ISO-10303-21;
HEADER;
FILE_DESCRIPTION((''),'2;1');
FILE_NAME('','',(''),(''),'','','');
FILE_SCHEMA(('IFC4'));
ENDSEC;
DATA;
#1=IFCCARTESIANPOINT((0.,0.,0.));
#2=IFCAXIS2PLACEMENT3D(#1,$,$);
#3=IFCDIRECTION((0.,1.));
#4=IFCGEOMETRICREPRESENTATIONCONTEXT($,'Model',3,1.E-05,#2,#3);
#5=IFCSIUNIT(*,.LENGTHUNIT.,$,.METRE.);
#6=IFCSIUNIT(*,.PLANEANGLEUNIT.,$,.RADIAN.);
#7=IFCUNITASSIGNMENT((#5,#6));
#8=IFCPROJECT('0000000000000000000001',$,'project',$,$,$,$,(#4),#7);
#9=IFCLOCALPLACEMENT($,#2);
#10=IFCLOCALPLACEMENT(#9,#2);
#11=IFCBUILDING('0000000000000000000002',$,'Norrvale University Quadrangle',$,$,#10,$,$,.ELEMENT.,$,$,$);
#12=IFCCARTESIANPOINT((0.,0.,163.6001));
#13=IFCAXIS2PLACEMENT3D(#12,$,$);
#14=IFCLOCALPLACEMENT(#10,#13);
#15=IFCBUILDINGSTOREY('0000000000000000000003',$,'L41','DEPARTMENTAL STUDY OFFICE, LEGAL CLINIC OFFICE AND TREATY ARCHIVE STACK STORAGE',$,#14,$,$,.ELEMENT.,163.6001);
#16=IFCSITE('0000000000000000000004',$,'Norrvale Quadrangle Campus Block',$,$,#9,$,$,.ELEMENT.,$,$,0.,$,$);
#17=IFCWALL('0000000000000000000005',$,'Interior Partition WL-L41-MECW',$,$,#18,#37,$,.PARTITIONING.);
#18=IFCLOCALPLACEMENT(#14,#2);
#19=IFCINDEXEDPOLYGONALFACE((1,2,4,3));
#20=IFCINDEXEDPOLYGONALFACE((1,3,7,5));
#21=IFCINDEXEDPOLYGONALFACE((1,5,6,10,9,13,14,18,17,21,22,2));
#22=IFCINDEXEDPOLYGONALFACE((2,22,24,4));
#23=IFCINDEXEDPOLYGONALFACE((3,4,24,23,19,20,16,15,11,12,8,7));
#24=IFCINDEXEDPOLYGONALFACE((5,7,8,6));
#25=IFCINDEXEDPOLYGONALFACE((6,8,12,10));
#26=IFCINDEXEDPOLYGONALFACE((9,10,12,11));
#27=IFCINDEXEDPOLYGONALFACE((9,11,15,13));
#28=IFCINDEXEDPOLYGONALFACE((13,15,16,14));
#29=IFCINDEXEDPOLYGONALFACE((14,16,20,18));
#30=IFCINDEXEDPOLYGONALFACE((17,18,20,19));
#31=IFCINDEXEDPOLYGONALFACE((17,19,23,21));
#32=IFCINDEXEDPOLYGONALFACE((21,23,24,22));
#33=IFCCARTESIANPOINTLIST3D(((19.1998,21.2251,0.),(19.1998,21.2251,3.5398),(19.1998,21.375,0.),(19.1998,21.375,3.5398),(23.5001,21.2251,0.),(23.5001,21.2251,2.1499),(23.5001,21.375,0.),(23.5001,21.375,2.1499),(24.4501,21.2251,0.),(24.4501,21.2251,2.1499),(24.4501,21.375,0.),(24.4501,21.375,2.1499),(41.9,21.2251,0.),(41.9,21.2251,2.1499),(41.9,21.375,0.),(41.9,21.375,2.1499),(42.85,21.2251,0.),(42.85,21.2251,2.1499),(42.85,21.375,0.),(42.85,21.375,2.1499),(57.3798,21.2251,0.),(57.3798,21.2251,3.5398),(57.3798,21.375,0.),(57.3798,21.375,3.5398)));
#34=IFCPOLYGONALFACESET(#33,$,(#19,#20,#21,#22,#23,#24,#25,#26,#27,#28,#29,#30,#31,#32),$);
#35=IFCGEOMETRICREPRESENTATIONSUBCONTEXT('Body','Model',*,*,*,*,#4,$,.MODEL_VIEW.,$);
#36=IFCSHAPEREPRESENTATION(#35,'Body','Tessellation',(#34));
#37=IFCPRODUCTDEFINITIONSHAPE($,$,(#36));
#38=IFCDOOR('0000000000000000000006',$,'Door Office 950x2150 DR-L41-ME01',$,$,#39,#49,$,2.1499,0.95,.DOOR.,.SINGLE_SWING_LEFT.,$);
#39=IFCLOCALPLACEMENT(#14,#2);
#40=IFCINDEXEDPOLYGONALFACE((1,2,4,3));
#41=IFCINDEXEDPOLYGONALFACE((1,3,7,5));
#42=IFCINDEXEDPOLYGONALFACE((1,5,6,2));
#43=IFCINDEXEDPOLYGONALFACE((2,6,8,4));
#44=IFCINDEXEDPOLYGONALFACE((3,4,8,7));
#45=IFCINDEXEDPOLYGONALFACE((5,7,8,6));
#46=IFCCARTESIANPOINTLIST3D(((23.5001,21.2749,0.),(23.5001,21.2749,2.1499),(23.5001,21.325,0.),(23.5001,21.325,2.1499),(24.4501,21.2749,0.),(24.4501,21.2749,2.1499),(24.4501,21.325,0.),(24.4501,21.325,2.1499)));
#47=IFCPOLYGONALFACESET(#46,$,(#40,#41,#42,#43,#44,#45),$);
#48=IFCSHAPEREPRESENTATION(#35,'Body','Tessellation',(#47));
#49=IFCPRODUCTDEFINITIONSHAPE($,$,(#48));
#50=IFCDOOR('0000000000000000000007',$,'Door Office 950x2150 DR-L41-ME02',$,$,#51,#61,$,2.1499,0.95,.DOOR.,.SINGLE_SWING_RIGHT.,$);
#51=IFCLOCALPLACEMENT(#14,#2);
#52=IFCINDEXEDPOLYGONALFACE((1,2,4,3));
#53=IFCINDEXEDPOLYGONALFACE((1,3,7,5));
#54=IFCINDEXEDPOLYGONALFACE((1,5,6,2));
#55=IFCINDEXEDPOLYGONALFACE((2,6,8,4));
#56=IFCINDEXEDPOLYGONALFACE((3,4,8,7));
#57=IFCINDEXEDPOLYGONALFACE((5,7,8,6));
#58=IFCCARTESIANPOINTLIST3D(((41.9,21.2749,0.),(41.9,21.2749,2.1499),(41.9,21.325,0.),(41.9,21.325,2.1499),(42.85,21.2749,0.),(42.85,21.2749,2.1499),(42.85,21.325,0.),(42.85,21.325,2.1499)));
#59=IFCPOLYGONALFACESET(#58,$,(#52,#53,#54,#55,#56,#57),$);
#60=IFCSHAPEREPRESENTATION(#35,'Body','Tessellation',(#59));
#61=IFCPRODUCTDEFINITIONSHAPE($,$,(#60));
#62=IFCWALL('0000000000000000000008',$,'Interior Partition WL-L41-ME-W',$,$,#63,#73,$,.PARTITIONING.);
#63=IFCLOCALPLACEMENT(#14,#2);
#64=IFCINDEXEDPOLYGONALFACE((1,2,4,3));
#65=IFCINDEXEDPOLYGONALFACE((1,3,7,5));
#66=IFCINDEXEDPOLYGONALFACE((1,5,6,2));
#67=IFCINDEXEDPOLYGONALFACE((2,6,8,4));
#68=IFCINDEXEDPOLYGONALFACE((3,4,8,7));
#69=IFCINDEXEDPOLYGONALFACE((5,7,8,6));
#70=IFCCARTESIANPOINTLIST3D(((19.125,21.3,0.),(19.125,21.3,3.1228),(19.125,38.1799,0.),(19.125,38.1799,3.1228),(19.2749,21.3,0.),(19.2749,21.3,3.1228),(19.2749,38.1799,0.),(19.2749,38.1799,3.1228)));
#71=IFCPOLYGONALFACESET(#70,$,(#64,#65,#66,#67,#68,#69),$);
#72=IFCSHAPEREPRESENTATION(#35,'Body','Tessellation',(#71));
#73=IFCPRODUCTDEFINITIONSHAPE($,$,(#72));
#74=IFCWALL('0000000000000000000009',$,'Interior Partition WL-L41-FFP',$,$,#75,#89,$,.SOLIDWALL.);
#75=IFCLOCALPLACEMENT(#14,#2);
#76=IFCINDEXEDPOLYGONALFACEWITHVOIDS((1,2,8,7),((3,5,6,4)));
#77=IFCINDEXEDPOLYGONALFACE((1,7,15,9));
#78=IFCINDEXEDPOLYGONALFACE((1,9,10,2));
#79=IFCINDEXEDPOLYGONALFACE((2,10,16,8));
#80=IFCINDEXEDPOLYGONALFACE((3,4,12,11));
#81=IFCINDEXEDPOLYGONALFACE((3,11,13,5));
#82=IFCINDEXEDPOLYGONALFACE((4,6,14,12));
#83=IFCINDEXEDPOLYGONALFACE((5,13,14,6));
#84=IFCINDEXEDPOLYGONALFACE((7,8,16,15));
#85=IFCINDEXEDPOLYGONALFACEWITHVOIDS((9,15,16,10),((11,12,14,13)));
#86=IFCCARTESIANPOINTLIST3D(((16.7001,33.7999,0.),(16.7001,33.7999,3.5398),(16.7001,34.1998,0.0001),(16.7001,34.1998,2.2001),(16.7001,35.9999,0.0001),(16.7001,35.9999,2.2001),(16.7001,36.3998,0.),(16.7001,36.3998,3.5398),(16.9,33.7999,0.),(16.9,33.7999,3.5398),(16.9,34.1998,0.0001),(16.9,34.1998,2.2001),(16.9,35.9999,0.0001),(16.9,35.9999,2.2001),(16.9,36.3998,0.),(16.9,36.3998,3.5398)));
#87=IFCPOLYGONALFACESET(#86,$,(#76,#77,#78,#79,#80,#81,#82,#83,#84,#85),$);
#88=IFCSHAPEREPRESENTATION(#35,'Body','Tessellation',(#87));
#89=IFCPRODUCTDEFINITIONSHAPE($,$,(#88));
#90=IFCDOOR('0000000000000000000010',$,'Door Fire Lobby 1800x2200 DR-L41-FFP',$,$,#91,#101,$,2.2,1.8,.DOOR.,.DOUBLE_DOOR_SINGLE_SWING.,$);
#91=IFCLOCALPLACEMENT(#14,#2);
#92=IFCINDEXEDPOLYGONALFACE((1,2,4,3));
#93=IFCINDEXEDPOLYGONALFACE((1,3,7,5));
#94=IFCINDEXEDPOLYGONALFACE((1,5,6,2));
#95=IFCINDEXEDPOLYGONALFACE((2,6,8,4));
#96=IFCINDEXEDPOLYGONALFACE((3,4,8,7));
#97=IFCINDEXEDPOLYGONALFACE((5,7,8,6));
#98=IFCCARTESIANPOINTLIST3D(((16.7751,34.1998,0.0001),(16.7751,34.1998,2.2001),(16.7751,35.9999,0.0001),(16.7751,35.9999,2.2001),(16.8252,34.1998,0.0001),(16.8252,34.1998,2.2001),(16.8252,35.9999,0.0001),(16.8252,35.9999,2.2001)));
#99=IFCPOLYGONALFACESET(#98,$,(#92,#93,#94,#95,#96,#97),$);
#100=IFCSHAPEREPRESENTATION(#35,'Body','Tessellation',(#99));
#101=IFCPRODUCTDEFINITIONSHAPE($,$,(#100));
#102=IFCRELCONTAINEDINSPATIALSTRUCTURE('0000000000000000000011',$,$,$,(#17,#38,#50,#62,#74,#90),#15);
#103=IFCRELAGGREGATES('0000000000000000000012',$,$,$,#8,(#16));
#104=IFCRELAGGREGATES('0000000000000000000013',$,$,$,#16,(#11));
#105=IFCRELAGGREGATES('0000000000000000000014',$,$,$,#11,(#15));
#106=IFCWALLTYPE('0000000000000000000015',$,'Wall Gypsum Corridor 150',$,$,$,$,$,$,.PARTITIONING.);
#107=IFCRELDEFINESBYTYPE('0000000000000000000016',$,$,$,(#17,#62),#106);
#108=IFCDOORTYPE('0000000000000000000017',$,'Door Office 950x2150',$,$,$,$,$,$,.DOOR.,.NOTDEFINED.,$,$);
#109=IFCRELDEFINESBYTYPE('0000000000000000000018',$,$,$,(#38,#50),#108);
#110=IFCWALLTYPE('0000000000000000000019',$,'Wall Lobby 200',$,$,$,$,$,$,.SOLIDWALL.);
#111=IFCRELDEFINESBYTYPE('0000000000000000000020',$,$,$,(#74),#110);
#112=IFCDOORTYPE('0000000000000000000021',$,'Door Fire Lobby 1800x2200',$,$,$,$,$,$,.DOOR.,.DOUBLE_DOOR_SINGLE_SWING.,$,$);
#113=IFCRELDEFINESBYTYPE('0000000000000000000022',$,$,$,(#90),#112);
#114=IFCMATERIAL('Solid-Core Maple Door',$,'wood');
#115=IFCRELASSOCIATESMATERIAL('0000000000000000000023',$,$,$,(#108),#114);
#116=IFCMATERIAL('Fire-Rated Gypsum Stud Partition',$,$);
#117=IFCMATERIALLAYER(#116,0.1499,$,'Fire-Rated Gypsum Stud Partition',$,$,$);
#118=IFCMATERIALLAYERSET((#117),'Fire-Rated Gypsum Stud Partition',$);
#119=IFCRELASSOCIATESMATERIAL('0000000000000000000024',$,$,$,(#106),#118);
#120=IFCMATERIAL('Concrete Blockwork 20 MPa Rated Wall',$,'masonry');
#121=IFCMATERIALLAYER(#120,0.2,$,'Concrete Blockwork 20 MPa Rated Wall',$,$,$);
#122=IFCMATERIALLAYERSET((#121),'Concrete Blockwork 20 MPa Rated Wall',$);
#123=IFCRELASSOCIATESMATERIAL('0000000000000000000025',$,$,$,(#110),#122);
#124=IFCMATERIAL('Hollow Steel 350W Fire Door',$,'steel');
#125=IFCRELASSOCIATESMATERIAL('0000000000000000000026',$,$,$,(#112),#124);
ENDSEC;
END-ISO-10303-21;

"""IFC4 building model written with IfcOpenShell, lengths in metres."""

from ifc_helpers import new_model, si_unit, direction, frame, frame_2d, origin, place, context, subcontext, project, spatial, rectangle, extrude, material, layer, layer_set, type_object, element, fill, save


model = new_model("IFC4")

# Units and contexts
model_context = context("Model", 3, precision=1e-05, world=origin(), true_north=direction((0.0, 1.0)))
body_context = subcontext(model_context, "Body", "Model", "MODEL_VIEW")
ifc_project = project(units=[si_unit("LENGTHUNIT", "METRE"), si_unit("PLANEANGLEUNIT", "RADIAN")], contexts=[model_context])

# Site, building, storey
site_placement = place(None, origin())
site = spatial("IfcSite", under=ifc_project, at=site_placement, Name="Norrvale Quadrangle Campus Block", CompositionType="ELEMENT", RefElevation=0.0)
building_placement = place(site_placement, origin())
building = spatial("IfcBuilding", under=site, at=building_placement, Name="Norrvale University Quadrangle", CompositionType="ELEMENT")
storey_placement = place(building_placement, frame((0.0, 0.0, 163.6001)))
storey = spatial("IfcBuildingStorey", under=building, at=storey_placement, Name="L41", Description="DEPARTMENTAL STUDY OFFICE, LEGAL CLINIC OFFICE AND TREATY ARCHIVE STACK STORAGE", CompositionType="ELEMENT", Elevation=163.6001)

# Shared definitions
ifc_material_1 = material(Name="Solid-Core Maple Door", Category="wood")
door_type_1 = type_object("IfcDoorType", Name="Door Office 950x2150", OperationType="NOTDEFINED", PredefinedType="DOOR", material=ifc_material_1)

# Wall, openings, doors
ifc_material_2 = material(Name="Fire-Rated Gypsum Stud Partition")
ifc_layer_1 = layer(ifc_material_2, 0.1499, Name="Fire-Rated Gypsum Stud Partition")
ifc_layer_set_1 = layer_set([ifc_layer_1], Name="Fire-Rated Gypsum Stud Partition")
wall_type_1 = type_object("IfcWallType", Name="Wall Gypsum Corridor 150", PredefinedType="PARTITIONING", material=ifc_layer_set_1)
wall_1_placement = place(storey_placement, frame((19.2, 21.3, 0.0), z_axis=(0.0, 0.0, 1.0), x_axis=(1.0, 0.0, 0.0)))
wall_1 = element("IfcWall", 1, at=wall_1_placement, inside=storey, type_object=wall_type_1, Name="Interior Partition WL-L41-MECW", PredefinedType="PARTITIONING", context=body_context, shape_type="SweptSolid", body=[
    extrude(rectangle(XDim=38.1799, YDim=0.1499, at=frame_2d((19.0898, 0.0))), origin(), (0.0, 0.0, 1.0), 3.5398),
])
opening_1_placement = place(wall_1_placement, frame((4.3, 0.0, 0.0)))
opening_1 = element("IfcOpeningElement", 2, at=opening_1_placement, cuts=wall_1, PredefinedType="OPENING", context=body_context, shape_type="SweptSolid", body=[
    extrude(rectangle(XDim=0.95, YDim=2.1499, at=frame_2d((0.4751, 1.075))), frame((0.0, 0.0869, 0.0), z_axis=(0.0, -1.0, 0.0), x_axis=(1.0, 0.0, 0.0)), (0.0, 0.0, 1.0), 0.1738),
])
opening_2_placement = place(wall_1_placement, frame((22.7, 0.0, 0.0)))
opening_2 = element("IfcOpeningElement", 3, at=opening_2_placement, cuts=wall_1, PredefinedType="OPENING", context=body_context, shape_type="SweptSolid", body=[
    extrude(rectangle(XDim=0.95, YDim=2.1499, at=frame_2d((0.4751, 1.075))), frame((0.0, 0.0869, 0.0), z_axis=(0.0, -1.0, 0.0), x_axis=(1.0, 0.0, 0.0)), (0.0, 0.0, 1.0), 0.1738),
])
door_1_placement = place(opening_1_placement, origin())
door_1 = element("IfcDoor", 4, at=door_1_placement, inside=storey, type_object=door_type_1, Name="Door Office 950x2150 DR-L41-ME01", OperationType="SINGLE_SWING_LEFT", OverallHeight=2.1499, OverallWidth=0.95, PredefinedType="DOOR", context=body_context, shape_type="SweptSolid", body=[
    extrude(rectangle(XDim=0.95, YDim=2.1499, at=frame_2d((0.4751, 1.075))), frame((0.0, 0.0249, 0.0), z_axis=(0.0, -1.0, 0.0), x_axis=(1.0, 0.0, 0.0)), (0.0, 0.0, 1.0), 0.05),
])
fill(opening_1, door_1)
door_2_placement = place(opening_2_placement, origin())
door_2 = element("IfcDoor", 5, at=door_2_placement, inside=storey, type_object=door_type_1, Name="Door Office 950x2150 DR-L41-ME02", OperationType="SINGLE_SWING_RIGHT", OverallHeight=2.1499, OverallWidth=0.95, PredefinedType="DOOR", context=body_context, shape_type="SweptSolid", body=[
    extrude(rectangle(XDim=0.95, YDim=2.1499, at=frame_2d((0.4751, 1.075))), frame((0.0, 0.0249, 0.0), z_axis=(0.0, -1.0, 0.0), x_axis=(1.0, 0.0, 0.0)), (0.0, 0.0, 1.0), 0.05),
])
fill(opening_2, door_2)

# Wall
wall_2_placement = place(storey_placement, frame((19.2, 21.3, 0.0), z_axis=(0.0, 0.0, 1.0), x_axis=(0.0, 1.0, 0.0)))
element("IfcWall", 6, at=wall_2_placement, inside=storey, type_object=wall_type_1, Name="Interior Partition WL-L41-ME-W", PredefinedType="PARTITIONING", context=body_context, shape_type="SweptSolid", body=[
    extrude(rectangle(XDim=16.8799, YDim=0.1499, at=frame_2d((8.4399, 0.0))), origin(), (0.0, 0.0, 1.0), 3.1228),
])

# Wall, opening, door
ifc_material_3 = material(Name="Concrete Blockwork 20 MPa Rated Wall", Category="masonry")
ifc_layer_2 = layer(ifc_material_3, 0.2, Name="Concrete Blockwork 20 MPa Rated Wall")
ifc_layer_set_2 = layer_set([ifc_layer_2], Name="Concrete Blockwork 20 MPa Rated Wall")
wall_type_2 = type_object("IfcWallType", Name="Wall Lobby 200", PredefinedType="SOLIDWALL", material=ifc_layer_set_2)
wall_3_placement = place(storey_placement, frame((16.8, 33.8, 0.0), z_axis=(0.0, 0.0, 1.0), x_axis=(0.0, 1.0, 0.0)))
wall_3 = element("IfcWall", 7, at=wall_3_placement, inside=storey, type_object=wall_type_2, Name="Interior Partition WL-L41-FFP", PredefinedType="SOLIDWALL", context=body_context, shape_type="SweptSolid", body=[
    extrude(rectangle(XDim=2.5999, YDim=0.2, at=frame_2d((1.2998, 0.0))), origin(), (0.0, 0.0, 1.0), 3.5398),
])
opening_3_placement = place(wall_3_placement, frame((0.3999, 0.0, 0.0)))
opening_3 = element("IfcOpeningElement", 8, at=opening_3_placement, cuts=wall_3, PredefinedType="OPENING", context=body_context, shape_type="SweptSolid", body=[
    extrude(rectangle(XDim=1.8, YDim=2.2, at=frame_2d((0.8999, 1.1001))), frame((0.0, 0.1121, 0.0), z_axis=(0.0, -1.0, 0.0), x_axis=(1.0, 0.0, 0.0)), (0.0, 0.0, 1.0), 0.2239),
])
ifc_material_4 = material(Name="Hollow Steel 350W Fire Door", Category="steel")
door_type_2 = type_object("IfcDoorType", Name="Door Fire Lobby 1800x2200", OperationType="DOUBLE_DOOR_SINGLE_SWING", PredefinedType="DOOR", material=ifc_material_4)
door_3_placement = place(opening_3_placement, origin())
door_3 = element("IfcDoor", 9, at=door_3_placement, inside=storey, type_object=door_type_2, Name="Door Fire Lobby 1800x2200 DR-L41-FFP", OperationType="DOUBLE_DOOR_SINGLE_SWING", OverallHeight=2.2, OverallWidth=1.8, PredefinedType="DOOR", context=body_context, shape_type="SweptSolid", body=[
    extrude(rectangle(XDim=1.8, YDim=2.2, at=frame_2d((0.8999, 1.1001))), frame((0.0, 0.0249, 0.0), z_axis=(0.0, -1.0, 0.0), x_axis=(1.0, 0.0, 0.0)), (0.0, 0.0, 1.0), 0.05),
])
fill(opening_3, door_3)

save(model, "model.ifc")
